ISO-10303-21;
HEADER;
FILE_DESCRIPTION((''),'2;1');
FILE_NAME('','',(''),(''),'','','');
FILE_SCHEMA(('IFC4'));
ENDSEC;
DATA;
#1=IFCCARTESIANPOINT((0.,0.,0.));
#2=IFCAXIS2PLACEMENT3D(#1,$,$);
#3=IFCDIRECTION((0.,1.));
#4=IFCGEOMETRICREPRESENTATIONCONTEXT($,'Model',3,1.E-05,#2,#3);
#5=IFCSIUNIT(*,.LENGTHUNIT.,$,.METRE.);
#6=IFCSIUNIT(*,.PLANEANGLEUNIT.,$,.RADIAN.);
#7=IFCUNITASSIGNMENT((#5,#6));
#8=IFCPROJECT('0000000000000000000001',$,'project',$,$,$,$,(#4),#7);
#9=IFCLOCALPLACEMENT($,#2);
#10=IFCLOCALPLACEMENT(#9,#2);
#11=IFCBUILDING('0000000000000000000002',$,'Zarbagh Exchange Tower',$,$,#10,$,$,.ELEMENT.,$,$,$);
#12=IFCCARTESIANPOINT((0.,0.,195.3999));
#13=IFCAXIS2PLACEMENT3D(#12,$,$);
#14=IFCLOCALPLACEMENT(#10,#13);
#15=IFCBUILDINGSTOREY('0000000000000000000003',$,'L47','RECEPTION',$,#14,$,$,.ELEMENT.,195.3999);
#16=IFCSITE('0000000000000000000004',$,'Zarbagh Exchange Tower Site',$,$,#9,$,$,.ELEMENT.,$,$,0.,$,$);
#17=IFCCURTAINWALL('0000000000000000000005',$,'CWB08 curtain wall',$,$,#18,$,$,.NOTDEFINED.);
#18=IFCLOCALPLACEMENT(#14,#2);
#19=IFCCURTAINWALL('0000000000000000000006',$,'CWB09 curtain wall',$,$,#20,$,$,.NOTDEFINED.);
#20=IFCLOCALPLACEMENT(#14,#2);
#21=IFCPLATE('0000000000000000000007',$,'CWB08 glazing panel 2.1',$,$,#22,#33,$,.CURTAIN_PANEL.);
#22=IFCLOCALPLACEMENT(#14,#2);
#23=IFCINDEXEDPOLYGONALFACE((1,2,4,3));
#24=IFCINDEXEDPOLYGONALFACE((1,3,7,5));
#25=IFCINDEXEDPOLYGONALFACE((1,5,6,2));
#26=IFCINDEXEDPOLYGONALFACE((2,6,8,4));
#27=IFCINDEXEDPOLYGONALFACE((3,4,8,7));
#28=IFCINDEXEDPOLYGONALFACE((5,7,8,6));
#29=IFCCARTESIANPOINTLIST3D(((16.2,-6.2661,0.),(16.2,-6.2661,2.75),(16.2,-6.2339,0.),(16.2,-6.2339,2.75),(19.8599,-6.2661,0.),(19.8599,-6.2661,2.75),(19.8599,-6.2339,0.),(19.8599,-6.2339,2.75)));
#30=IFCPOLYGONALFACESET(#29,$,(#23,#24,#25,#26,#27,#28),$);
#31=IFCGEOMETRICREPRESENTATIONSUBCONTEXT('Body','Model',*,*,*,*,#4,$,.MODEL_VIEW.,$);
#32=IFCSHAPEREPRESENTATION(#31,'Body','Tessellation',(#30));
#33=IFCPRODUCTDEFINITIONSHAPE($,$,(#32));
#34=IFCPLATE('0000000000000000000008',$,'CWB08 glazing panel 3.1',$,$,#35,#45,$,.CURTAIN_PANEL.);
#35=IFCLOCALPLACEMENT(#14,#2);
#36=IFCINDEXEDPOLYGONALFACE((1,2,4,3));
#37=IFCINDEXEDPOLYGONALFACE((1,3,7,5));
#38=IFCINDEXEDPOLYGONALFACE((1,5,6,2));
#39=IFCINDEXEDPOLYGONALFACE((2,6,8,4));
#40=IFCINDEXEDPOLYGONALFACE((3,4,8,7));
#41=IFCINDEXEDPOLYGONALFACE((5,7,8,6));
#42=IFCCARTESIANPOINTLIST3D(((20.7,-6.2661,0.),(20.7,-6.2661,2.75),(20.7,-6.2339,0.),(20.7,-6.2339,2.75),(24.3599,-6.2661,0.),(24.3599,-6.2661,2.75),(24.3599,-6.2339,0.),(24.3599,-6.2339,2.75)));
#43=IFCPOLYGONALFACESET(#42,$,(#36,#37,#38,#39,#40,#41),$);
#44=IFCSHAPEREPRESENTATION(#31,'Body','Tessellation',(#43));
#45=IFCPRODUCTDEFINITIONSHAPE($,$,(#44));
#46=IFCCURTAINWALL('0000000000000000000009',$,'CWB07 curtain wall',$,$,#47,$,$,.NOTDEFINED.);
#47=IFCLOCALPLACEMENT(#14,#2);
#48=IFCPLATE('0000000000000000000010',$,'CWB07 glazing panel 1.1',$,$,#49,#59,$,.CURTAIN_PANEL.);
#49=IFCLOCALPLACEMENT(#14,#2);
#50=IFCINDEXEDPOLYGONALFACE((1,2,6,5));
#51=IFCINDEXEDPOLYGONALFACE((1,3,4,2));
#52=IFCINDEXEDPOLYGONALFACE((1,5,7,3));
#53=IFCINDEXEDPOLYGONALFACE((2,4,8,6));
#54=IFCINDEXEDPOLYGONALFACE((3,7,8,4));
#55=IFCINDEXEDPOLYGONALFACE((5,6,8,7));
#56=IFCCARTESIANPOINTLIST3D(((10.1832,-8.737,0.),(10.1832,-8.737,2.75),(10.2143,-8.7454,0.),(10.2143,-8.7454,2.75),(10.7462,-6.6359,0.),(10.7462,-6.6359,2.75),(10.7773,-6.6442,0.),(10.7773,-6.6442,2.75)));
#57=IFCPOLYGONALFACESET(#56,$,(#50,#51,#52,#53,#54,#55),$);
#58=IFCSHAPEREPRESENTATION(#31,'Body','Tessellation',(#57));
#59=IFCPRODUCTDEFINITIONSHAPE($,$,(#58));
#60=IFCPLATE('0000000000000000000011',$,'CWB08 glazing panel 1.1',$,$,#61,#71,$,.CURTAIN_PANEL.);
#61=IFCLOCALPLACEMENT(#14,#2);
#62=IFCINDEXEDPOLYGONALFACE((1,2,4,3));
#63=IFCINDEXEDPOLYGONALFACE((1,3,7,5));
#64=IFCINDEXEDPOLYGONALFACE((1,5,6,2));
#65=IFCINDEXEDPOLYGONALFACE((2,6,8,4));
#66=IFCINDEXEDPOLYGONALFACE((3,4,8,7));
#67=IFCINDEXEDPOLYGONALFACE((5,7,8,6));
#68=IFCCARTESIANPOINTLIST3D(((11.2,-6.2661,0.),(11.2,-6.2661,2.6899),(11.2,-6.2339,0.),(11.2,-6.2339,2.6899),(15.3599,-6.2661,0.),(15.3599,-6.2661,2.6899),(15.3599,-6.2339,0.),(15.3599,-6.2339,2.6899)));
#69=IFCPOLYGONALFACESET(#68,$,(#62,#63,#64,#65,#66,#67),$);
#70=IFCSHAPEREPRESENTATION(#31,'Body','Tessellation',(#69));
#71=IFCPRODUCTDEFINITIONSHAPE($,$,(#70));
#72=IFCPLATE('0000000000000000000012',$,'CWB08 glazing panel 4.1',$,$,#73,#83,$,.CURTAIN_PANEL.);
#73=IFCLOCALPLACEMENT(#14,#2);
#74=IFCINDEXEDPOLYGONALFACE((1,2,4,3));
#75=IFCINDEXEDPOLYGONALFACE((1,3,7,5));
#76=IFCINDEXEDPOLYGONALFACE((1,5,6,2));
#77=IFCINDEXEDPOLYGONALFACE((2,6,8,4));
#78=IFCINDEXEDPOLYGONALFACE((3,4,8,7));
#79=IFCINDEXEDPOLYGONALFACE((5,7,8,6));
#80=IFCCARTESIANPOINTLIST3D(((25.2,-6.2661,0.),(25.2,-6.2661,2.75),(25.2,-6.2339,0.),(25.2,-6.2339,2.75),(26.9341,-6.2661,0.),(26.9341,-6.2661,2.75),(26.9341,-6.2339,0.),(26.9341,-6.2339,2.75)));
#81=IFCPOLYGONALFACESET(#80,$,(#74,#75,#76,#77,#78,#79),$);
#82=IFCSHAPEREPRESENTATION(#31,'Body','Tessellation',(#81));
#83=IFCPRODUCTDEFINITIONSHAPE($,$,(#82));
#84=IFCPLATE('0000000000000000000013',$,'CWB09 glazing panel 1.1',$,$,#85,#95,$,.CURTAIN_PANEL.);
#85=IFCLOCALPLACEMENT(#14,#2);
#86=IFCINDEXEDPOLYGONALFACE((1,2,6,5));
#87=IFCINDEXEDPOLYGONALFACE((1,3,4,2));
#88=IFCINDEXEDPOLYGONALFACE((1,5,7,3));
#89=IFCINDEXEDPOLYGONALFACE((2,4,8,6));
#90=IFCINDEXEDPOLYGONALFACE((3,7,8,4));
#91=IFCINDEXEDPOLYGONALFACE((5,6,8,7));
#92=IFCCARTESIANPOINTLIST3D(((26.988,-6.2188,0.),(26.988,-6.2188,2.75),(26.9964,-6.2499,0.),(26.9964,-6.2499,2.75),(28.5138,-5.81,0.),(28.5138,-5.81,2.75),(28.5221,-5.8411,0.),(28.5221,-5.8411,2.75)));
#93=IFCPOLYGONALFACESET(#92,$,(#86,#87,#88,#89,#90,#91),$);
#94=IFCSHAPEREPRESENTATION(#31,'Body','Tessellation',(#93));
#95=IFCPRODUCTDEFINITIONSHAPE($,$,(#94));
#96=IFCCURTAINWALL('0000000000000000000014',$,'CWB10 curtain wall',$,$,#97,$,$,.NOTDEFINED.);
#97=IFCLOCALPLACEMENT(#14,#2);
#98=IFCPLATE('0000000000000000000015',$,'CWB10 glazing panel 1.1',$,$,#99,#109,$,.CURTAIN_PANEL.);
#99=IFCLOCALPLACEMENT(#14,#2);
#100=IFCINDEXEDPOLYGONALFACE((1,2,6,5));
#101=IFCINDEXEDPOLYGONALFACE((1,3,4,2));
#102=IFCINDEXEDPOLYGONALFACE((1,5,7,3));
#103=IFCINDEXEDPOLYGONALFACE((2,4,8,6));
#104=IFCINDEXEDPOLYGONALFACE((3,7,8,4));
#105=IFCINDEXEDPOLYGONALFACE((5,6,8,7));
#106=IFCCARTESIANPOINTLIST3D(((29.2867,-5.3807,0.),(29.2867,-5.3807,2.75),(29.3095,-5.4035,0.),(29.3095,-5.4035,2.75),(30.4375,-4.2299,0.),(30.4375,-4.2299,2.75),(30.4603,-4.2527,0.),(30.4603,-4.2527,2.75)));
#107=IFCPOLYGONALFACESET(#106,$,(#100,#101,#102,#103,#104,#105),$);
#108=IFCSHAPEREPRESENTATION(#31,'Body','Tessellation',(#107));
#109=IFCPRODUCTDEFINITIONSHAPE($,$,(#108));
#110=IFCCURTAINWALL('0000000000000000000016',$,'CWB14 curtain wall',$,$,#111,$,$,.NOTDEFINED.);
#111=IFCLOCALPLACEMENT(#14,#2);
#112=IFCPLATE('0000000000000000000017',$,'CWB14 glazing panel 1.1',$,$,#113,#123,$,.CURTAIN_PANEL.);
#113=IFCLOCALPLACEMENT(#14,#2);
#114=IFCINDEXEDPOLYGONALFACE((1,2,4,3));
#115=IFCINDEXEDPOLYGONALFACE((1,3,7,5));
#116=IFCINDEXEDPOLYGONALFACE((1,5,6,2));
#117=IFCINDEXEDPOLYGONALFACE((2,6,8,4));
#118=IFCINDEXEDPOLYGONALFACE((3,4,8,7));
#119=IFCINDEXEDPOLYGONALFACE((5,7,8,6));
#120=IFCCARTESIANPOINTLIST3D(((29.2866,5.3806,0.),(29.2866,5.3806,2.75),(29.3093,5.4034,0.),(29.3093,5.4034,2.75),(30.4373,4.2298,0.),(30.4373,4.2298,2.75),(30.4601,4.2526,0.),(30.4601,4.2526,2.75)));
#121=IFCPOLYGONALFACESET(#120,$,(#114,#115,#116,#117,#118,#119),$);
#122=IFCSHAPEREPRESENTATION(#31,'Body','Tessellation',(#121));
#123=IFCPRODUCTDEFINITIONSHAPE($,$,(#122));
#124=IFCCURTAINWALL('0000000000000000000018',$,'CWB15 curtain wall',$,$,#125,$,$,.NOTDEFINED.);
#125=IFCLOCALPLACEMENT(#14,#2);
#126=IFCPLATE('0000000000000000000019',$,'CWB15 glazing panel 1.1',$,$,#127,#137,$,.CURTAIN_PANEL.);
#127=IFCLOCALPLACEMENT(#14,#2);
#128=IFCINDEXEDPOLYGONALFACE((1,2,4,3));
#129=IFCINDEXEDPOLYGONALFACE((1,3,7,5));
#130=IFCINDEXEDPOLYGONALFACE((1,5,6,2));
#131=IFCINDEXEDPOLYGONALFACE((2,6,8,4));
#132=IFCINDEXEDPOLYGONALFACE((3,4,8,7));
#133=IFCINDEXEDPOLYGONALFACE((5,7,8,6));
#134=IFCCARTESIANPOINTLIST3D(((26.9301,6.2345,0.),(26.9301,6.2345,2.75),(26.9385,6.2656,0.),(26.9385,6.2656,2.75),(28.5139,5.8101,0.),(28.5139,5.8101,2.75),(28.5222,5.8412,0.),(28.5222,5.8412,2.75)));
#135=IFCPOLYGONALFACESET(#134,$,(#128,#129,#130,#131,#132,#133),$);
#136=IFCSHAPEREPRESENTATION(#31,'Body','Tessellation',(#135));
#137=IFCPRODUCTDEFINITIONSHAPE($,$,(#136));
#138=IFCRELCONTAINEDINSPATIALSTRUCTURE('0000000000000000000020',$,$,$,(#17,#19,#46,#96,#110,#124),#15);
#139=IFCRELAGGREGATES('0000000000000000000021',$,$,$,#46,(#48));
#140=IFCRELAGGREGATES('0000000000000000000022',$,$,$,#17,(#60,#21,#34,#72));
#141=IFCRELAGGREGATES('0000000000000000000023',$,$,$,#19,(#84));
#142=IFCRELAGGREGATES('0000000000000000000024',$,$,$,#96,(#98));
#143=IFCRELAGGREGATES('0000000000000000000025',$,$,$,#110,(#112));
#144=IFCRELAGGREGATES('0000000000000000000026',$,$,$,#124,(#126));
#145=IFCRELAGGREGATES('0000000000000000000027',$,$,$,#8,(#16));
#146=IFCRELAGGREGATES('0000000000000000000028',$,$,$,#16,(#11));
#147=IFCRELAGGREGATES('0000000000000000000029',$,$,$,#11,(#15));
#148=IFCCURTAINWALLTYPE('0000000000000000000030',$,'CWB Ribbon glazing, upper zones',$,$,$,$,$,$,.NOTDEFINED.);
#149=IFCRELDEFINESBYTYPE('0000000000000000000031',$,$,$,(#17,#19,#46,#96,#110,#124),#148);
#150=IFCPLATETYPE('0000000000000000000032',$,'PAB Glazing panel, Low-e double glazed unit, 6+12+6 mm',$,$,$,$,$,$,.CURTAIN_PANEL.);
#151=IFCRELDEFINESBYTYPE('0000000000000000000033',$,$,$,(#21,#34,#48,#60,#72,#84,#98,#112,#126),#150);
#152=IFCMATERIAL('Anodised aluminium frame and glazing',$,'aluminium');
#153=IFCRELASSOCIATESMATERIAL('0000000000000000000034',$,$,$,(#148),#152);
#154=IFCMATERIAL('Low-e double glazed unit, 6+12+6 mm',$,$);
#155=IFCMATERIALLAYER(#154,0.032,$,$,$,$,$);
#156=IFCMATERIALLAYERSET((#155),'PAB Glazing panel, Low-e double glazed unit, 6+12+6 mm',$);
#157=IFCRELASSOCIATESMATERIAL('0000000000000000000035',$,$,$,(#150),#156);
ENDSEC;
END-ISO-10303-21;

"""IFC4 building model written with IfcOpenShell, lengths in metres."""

from ifc_helpers import new_model, si_unit, direction, frame, origin, place, context, subcontext, project, spatial, polyline, outline, extrude, source, transform, mapped, material, layer, layer_set, type_object, element, aggregate, save


model = new_model("IFC4")

# Units and contexts
model_context = context("Model", 3, precision=1e-05, world=origin(), true_north=direction((0.0, 1.0)))
body_context = subcontext(model_context, "Body", "Model", "MODEL_VIEW")
ifc_project = project(units=[si_unit("LENGTHUNIT", "METRE"), si_unit("PLANEANGLEUNIT", "RADIAN")], contexts=[model_context])

# Site, building, storey
site_placement = place(None, origin())
site = spatial("IfcSite", under=ifc_project, at=site_placement, Name="Zarbagh Exchange Tower Site", CompositionType="ELEMENT", RefElevation=0.0)
building_placement = place(site_placement, origin())
building = spatial("IfcBuilding", under=site, at=building_placement, Name="Zarbagh Exchange Tower", CompositionType="ELEMENT")
storey_placement = place(building_placement, frame((0.0, 0.0, 195.3999)))
storey = spatial("IfcBuildingStorey", under=building, at=storey_placement, Name="L47", Description="RECEPTION", CompositionType="ELEMENT", Elevation=195.3999)

# Curtain wall
ifc_material_1 = material(Name="Anodised aluminium frame and glazing", Category="aluminium")
curtain_wall_type = type_object("IfcCurtainWallType", Name="CWB Ribbon glazing, upper zones", PredefinedType="NOTDEFINED", material=ifc_material_1)
curtain_wall_1_placement = place(storey_placement, origin())
curtain_wall_1 = element("IfcCurtainWall", 1, at=curtain_wall_1_placement, inside=storey, type_object=curtain_wall_type, Name="CWB08 curtain wall", PredefinedType="NOTDEFINED")
placement = place(storey_placement, origin())

# Curtain wall
curtain_wall_2_placement = place(storey_placement, origin())
curtain_wall_2 = element("IfcCurtainWall", 2, at=curtain_wall_2_placement, inside=storey, type_object=curtain_wall_type, Name="CWB09 curtain wall", PredefinedType="NOTDEFINED")

# Shared definitions
ifc_material_2 = material(Name="Low-e double glazed unit, 6+12+6 mm")
ifc_layer = layer(ifc_material_2, 0.032)
ifc_layer_set = layer_set([ifc_layer], Name="PAB Glazing panel, Low-e double glazed unit, 6+12+6 mm")
plate_type = type_object("IfcPlateType", Name="PAB Glazing panel, Low-e double glazed unit, 6+12+6 mm", PredefinedType="CURTAIN_PANEL", material=ifc_layer_set)

# Plates
shared_shape_1 = source(origin(), body_context, "Body", "SweptSolid", [
    extrude(outline(polyline([(0.0, -0.0161), (3.6599, -0.0161), (3.6599, 0.0161), (0.0, 0.0161), (0.0, -0.0161)])), origin(), (0.0, 0.0, 1.0), 2.75),
])
plate_1 = element("IfcPlate", 3, at=placement, type_object=plate_type, Name="CWB08 glazing panel 2.1", PredefinedType="CURTAIN_PANEL", context=body_context, shape_type="MappedRepresentation", body=[
    mapped(shared_shape_1, transform((16.2, -6.25, 0.0), x_axis=(1.0, 0.0, 0.0), y_axis=(0.0, 1.0, 0.0), z_axis=(0.0, 0.0, 1.0))),
])
plate_2 = element("IfcPlate", 4, at=placement, type_object=plate_type, Name="CWB08 glazing panel 3.1", PredefinedType="CURTAIN_PANEL", context=body_context, shape_type="MappedRepresentation", body=[
    mapped(shared_shape_1, transform((20.7, -6.25, 0.0), x_axis=(1.0, 0.0, 0.0), y_axis=(0.0, 1.0, 0.0), z_axis=(0.0, 0.0, 1.0))),
])

# Curtain wall, plate
curtain_wall_3_placement = place(storey_placement, origin())
curtain_wall_3 = element("IfcCurtainWall", 5, at=curtain_wall_3_placement, inside=storey, type_object=curtain_wall_type, Name="CWB07 curtain wall", PredefinedType="NOTDEFINED")
shared_shape_2 = source(origin(), body_context, "Body", "SweptSolid", [
    extrude(outline(polyline([(0.0, -0.0161), (2.1753, -0.0161), (2.1753, 0.0161), (0.0, 0.0161), (0.0, -0.0161)])), origin(), (0.0, 0.0, 1.0), 2.75),
])
plate_3 = element("IfcPlate", 6, at=placement, type_object=plate_type, Name="CWB07 glazing panel 1.1", PredefinedType="CURTAIN_PANEL", context=body_context, shape_type="MappedRepresentation", body=[
    mapped(shared_shape_2, transform((10.1987, -8.7412, 0.0), x_axis=(0.258825, 0.965924, 0.0), y_axis=(-0.965924, 0.258825, 0.0), z_axis=(0.0, 0.0, 1.0))),
])
aggregate(curtain_wall_3, [plate_3])

# Plates
shared_shape_3 = source(origin(), body_context, "Body", "SweptSolid", [
    extrude(outline(polyline([(0.0, -0.0161), (4.1599, -0.0161), (4.1599, 0.0161), (0.0, 0.0161), (0.0, -0.0161)])), origin(), (0.0, 0.0, 1.0), 2.6899),
])
plate_4 = element("IfcPlate", 7, at=placement, type_object=plate_type, Name="CWB08 glazing panel 1.1", PredefinedType="CURTAIN_PANEL", context=body_context, shape_type="MappedRepresentation", body=[
    mapped(shared_shape_3, transform((11.2, -6.25, 0.0), x_axis=(1.0, 0.0, 0.0), y_axis=(0.0, 1.0, 0.0), z_axis=(0.0, 0.0, 1.0))),
])
shared_shape_4 = source(origin(), body_context, "Body", "SweptSolid", [
    extrude(outline(polyline([(0.0, -0.0161), (1.7341, -0.0161), (1.7341, 0.0161), (0.0, 0.0161), (0.0, -0.0161)])), origin(), (0.0, 0.0, 1.0), 2.75),
])
plate_5 = element("IfcPlate", 8, at=placement, type_object=plate_type, Name="CWB08 glazing panel 4.1", PredefinedType="CURTAIN_PANEL", context=body_context, shape_type="MappedRepresentation", body=[
    mapped(shared_shape_4, transform((25.2, -6.25, 0.0), x_axis=(1.0, 0.0, 0.0), y_axis=(0.0, 1.0, 0.0), z_axis=(0.0, 0.0, 1.0))),
])
aggregate(curtain_wall_1, [plate_4, plate_1, plate_2, plate_5])
shared_shape_5 = source(origin(), body_context, "Body", "SweptSolid", [
    extrude(outline(polyline([(0.0, -0.0161), (1.5796, -0.0161), (1.5796, 0.0161), (0.0, 0.0161), (0.0, -0.0161)])), origin(), (0.0, 0.0, 1.0), 2.75),
])
plate_6 = element("IfcPlate", 9, at=placement, type_object=plate_type, Name="CWB09 glazing panel 1.1", PredefinedType="CURTAIN_PANEL", context=body_context, shape_type="MappedRepresentation", body=[
    mapped(shared_shape_5, transform((26.9922, -6.2344, 0.0), x_axis=(0.965924, 0.258825, 0.0), y_axis=(-0.258825, 0.965924, 0.0), z_axis=(0.0, 0.0, 1.0))),
])
aggregate(curtain_wall_2, [plate_6])

# Curtain walls, plates
curtain_wall_4_placement = place(storey_placement, origin())
curtain_wall_4 = element("IfcCurtainWall", 10, at=curtain_wall_4_placement, inside=storey, type_object=curtain_wall_type, Name="CWB10 curtain wall", PredefinedType="NOTDEFINED")
shared_shape_6 = source(origin(), body_context, "Body", "SweptSolid", [
    extrude(outline(polyline([(0.0, -0.0161), (1.6274, -0.0161), (1.6274, 0.0161), (0.0, 0.0161), (0.0, -0.0161)])), origin(), (0.0, 0.0, 1.0), 2.75),
])
plate_7 = element("IfcPlate", 11, at=placement, type_object=plate_type, Name="CWB10 glazing panel 1.1", PredefinedType="CURTAIN_PANEL", context=body_context, shape_type="MappedRepresentation", body=[
    mapped(shared_shape_6, transform((29.2981, -5.3921, 0.0), x_axis=(0.707107, 0.707107, 0.0), y_axis=(-0.707107, 0.707107, 0.0), z_axis=(0.0, 0.0, 1.0))),
])
aggregate(curtain_wall_4, [plate_7])
curtain_wall_5_placement = place(storey_placement, origin())
curtain_wall_5 = element("IfcCurtainWall", 12, at=curtain_wall_5_placement, inside=storey, type_object=curtain_wall_type, Name="CWB14 curtain wall", PredefinedType="NOTDEFINED")
plate_8 = element("IfcPlate", 13, at=placement, type_object=plate_type, Name="CWB14 glazing panel 1.1", PredefinedType="CURTAIN_PANEL", context=body_context, shape_type="MappedRepresentation", body=[
    mapped(shared_shape_6, transform((30.4487, 4.2412, 0.0), x_axis=(-0.707107, 0.707107, 0.0), y_axis=(-0.707107, -0.707107, 0.0), z_axis=(0.0, 0.0, 1.0))),
])
aggregate(curtain_wall_5, [plate_8])
curtain_wall_6_placement = place(storey_placement, origin())
curtain_wall_6 = element("IfcCurtainWall", 14, at=curtain_wall_6_placement, inside=storey, type_object=curtain_wall_type, Name="CWB15 curtain wall", PredefinedType="NOTDEFINED")
shared_shape_7 = source(origin(), body_context, "Body", "SweptSolid", [
    extrude(outline(polyline([(0.0, -0.0161), (1.6396, -0.0161), (1.6396, 0.0161), (0.0, 0.0161), (0.0, -0.0161)])), origin(), (0.0, 0.0, 1.0), 2.75),
])
plate_9 = element("IfcPlate", 15, at=placement, type_object=plate_type, Name="CWB15 glazing panel 1.1", PredefinedType="CURTAIN_PANEL", context=body_context, shape_type="MappedRepresentation", body=[
    mapped(shared_shape_7, transform((28.5181, 5.8257, 0.0), x_axis=(-0.965924, 0.258825, 0.0), y_axis=(-0.258825, -0.965924, 0.0), z_axis=(0.0, 0.0, 1.0))),
])
aggregate(curtain_wall_6, [plate_9])

save(model, "model.ifc")
